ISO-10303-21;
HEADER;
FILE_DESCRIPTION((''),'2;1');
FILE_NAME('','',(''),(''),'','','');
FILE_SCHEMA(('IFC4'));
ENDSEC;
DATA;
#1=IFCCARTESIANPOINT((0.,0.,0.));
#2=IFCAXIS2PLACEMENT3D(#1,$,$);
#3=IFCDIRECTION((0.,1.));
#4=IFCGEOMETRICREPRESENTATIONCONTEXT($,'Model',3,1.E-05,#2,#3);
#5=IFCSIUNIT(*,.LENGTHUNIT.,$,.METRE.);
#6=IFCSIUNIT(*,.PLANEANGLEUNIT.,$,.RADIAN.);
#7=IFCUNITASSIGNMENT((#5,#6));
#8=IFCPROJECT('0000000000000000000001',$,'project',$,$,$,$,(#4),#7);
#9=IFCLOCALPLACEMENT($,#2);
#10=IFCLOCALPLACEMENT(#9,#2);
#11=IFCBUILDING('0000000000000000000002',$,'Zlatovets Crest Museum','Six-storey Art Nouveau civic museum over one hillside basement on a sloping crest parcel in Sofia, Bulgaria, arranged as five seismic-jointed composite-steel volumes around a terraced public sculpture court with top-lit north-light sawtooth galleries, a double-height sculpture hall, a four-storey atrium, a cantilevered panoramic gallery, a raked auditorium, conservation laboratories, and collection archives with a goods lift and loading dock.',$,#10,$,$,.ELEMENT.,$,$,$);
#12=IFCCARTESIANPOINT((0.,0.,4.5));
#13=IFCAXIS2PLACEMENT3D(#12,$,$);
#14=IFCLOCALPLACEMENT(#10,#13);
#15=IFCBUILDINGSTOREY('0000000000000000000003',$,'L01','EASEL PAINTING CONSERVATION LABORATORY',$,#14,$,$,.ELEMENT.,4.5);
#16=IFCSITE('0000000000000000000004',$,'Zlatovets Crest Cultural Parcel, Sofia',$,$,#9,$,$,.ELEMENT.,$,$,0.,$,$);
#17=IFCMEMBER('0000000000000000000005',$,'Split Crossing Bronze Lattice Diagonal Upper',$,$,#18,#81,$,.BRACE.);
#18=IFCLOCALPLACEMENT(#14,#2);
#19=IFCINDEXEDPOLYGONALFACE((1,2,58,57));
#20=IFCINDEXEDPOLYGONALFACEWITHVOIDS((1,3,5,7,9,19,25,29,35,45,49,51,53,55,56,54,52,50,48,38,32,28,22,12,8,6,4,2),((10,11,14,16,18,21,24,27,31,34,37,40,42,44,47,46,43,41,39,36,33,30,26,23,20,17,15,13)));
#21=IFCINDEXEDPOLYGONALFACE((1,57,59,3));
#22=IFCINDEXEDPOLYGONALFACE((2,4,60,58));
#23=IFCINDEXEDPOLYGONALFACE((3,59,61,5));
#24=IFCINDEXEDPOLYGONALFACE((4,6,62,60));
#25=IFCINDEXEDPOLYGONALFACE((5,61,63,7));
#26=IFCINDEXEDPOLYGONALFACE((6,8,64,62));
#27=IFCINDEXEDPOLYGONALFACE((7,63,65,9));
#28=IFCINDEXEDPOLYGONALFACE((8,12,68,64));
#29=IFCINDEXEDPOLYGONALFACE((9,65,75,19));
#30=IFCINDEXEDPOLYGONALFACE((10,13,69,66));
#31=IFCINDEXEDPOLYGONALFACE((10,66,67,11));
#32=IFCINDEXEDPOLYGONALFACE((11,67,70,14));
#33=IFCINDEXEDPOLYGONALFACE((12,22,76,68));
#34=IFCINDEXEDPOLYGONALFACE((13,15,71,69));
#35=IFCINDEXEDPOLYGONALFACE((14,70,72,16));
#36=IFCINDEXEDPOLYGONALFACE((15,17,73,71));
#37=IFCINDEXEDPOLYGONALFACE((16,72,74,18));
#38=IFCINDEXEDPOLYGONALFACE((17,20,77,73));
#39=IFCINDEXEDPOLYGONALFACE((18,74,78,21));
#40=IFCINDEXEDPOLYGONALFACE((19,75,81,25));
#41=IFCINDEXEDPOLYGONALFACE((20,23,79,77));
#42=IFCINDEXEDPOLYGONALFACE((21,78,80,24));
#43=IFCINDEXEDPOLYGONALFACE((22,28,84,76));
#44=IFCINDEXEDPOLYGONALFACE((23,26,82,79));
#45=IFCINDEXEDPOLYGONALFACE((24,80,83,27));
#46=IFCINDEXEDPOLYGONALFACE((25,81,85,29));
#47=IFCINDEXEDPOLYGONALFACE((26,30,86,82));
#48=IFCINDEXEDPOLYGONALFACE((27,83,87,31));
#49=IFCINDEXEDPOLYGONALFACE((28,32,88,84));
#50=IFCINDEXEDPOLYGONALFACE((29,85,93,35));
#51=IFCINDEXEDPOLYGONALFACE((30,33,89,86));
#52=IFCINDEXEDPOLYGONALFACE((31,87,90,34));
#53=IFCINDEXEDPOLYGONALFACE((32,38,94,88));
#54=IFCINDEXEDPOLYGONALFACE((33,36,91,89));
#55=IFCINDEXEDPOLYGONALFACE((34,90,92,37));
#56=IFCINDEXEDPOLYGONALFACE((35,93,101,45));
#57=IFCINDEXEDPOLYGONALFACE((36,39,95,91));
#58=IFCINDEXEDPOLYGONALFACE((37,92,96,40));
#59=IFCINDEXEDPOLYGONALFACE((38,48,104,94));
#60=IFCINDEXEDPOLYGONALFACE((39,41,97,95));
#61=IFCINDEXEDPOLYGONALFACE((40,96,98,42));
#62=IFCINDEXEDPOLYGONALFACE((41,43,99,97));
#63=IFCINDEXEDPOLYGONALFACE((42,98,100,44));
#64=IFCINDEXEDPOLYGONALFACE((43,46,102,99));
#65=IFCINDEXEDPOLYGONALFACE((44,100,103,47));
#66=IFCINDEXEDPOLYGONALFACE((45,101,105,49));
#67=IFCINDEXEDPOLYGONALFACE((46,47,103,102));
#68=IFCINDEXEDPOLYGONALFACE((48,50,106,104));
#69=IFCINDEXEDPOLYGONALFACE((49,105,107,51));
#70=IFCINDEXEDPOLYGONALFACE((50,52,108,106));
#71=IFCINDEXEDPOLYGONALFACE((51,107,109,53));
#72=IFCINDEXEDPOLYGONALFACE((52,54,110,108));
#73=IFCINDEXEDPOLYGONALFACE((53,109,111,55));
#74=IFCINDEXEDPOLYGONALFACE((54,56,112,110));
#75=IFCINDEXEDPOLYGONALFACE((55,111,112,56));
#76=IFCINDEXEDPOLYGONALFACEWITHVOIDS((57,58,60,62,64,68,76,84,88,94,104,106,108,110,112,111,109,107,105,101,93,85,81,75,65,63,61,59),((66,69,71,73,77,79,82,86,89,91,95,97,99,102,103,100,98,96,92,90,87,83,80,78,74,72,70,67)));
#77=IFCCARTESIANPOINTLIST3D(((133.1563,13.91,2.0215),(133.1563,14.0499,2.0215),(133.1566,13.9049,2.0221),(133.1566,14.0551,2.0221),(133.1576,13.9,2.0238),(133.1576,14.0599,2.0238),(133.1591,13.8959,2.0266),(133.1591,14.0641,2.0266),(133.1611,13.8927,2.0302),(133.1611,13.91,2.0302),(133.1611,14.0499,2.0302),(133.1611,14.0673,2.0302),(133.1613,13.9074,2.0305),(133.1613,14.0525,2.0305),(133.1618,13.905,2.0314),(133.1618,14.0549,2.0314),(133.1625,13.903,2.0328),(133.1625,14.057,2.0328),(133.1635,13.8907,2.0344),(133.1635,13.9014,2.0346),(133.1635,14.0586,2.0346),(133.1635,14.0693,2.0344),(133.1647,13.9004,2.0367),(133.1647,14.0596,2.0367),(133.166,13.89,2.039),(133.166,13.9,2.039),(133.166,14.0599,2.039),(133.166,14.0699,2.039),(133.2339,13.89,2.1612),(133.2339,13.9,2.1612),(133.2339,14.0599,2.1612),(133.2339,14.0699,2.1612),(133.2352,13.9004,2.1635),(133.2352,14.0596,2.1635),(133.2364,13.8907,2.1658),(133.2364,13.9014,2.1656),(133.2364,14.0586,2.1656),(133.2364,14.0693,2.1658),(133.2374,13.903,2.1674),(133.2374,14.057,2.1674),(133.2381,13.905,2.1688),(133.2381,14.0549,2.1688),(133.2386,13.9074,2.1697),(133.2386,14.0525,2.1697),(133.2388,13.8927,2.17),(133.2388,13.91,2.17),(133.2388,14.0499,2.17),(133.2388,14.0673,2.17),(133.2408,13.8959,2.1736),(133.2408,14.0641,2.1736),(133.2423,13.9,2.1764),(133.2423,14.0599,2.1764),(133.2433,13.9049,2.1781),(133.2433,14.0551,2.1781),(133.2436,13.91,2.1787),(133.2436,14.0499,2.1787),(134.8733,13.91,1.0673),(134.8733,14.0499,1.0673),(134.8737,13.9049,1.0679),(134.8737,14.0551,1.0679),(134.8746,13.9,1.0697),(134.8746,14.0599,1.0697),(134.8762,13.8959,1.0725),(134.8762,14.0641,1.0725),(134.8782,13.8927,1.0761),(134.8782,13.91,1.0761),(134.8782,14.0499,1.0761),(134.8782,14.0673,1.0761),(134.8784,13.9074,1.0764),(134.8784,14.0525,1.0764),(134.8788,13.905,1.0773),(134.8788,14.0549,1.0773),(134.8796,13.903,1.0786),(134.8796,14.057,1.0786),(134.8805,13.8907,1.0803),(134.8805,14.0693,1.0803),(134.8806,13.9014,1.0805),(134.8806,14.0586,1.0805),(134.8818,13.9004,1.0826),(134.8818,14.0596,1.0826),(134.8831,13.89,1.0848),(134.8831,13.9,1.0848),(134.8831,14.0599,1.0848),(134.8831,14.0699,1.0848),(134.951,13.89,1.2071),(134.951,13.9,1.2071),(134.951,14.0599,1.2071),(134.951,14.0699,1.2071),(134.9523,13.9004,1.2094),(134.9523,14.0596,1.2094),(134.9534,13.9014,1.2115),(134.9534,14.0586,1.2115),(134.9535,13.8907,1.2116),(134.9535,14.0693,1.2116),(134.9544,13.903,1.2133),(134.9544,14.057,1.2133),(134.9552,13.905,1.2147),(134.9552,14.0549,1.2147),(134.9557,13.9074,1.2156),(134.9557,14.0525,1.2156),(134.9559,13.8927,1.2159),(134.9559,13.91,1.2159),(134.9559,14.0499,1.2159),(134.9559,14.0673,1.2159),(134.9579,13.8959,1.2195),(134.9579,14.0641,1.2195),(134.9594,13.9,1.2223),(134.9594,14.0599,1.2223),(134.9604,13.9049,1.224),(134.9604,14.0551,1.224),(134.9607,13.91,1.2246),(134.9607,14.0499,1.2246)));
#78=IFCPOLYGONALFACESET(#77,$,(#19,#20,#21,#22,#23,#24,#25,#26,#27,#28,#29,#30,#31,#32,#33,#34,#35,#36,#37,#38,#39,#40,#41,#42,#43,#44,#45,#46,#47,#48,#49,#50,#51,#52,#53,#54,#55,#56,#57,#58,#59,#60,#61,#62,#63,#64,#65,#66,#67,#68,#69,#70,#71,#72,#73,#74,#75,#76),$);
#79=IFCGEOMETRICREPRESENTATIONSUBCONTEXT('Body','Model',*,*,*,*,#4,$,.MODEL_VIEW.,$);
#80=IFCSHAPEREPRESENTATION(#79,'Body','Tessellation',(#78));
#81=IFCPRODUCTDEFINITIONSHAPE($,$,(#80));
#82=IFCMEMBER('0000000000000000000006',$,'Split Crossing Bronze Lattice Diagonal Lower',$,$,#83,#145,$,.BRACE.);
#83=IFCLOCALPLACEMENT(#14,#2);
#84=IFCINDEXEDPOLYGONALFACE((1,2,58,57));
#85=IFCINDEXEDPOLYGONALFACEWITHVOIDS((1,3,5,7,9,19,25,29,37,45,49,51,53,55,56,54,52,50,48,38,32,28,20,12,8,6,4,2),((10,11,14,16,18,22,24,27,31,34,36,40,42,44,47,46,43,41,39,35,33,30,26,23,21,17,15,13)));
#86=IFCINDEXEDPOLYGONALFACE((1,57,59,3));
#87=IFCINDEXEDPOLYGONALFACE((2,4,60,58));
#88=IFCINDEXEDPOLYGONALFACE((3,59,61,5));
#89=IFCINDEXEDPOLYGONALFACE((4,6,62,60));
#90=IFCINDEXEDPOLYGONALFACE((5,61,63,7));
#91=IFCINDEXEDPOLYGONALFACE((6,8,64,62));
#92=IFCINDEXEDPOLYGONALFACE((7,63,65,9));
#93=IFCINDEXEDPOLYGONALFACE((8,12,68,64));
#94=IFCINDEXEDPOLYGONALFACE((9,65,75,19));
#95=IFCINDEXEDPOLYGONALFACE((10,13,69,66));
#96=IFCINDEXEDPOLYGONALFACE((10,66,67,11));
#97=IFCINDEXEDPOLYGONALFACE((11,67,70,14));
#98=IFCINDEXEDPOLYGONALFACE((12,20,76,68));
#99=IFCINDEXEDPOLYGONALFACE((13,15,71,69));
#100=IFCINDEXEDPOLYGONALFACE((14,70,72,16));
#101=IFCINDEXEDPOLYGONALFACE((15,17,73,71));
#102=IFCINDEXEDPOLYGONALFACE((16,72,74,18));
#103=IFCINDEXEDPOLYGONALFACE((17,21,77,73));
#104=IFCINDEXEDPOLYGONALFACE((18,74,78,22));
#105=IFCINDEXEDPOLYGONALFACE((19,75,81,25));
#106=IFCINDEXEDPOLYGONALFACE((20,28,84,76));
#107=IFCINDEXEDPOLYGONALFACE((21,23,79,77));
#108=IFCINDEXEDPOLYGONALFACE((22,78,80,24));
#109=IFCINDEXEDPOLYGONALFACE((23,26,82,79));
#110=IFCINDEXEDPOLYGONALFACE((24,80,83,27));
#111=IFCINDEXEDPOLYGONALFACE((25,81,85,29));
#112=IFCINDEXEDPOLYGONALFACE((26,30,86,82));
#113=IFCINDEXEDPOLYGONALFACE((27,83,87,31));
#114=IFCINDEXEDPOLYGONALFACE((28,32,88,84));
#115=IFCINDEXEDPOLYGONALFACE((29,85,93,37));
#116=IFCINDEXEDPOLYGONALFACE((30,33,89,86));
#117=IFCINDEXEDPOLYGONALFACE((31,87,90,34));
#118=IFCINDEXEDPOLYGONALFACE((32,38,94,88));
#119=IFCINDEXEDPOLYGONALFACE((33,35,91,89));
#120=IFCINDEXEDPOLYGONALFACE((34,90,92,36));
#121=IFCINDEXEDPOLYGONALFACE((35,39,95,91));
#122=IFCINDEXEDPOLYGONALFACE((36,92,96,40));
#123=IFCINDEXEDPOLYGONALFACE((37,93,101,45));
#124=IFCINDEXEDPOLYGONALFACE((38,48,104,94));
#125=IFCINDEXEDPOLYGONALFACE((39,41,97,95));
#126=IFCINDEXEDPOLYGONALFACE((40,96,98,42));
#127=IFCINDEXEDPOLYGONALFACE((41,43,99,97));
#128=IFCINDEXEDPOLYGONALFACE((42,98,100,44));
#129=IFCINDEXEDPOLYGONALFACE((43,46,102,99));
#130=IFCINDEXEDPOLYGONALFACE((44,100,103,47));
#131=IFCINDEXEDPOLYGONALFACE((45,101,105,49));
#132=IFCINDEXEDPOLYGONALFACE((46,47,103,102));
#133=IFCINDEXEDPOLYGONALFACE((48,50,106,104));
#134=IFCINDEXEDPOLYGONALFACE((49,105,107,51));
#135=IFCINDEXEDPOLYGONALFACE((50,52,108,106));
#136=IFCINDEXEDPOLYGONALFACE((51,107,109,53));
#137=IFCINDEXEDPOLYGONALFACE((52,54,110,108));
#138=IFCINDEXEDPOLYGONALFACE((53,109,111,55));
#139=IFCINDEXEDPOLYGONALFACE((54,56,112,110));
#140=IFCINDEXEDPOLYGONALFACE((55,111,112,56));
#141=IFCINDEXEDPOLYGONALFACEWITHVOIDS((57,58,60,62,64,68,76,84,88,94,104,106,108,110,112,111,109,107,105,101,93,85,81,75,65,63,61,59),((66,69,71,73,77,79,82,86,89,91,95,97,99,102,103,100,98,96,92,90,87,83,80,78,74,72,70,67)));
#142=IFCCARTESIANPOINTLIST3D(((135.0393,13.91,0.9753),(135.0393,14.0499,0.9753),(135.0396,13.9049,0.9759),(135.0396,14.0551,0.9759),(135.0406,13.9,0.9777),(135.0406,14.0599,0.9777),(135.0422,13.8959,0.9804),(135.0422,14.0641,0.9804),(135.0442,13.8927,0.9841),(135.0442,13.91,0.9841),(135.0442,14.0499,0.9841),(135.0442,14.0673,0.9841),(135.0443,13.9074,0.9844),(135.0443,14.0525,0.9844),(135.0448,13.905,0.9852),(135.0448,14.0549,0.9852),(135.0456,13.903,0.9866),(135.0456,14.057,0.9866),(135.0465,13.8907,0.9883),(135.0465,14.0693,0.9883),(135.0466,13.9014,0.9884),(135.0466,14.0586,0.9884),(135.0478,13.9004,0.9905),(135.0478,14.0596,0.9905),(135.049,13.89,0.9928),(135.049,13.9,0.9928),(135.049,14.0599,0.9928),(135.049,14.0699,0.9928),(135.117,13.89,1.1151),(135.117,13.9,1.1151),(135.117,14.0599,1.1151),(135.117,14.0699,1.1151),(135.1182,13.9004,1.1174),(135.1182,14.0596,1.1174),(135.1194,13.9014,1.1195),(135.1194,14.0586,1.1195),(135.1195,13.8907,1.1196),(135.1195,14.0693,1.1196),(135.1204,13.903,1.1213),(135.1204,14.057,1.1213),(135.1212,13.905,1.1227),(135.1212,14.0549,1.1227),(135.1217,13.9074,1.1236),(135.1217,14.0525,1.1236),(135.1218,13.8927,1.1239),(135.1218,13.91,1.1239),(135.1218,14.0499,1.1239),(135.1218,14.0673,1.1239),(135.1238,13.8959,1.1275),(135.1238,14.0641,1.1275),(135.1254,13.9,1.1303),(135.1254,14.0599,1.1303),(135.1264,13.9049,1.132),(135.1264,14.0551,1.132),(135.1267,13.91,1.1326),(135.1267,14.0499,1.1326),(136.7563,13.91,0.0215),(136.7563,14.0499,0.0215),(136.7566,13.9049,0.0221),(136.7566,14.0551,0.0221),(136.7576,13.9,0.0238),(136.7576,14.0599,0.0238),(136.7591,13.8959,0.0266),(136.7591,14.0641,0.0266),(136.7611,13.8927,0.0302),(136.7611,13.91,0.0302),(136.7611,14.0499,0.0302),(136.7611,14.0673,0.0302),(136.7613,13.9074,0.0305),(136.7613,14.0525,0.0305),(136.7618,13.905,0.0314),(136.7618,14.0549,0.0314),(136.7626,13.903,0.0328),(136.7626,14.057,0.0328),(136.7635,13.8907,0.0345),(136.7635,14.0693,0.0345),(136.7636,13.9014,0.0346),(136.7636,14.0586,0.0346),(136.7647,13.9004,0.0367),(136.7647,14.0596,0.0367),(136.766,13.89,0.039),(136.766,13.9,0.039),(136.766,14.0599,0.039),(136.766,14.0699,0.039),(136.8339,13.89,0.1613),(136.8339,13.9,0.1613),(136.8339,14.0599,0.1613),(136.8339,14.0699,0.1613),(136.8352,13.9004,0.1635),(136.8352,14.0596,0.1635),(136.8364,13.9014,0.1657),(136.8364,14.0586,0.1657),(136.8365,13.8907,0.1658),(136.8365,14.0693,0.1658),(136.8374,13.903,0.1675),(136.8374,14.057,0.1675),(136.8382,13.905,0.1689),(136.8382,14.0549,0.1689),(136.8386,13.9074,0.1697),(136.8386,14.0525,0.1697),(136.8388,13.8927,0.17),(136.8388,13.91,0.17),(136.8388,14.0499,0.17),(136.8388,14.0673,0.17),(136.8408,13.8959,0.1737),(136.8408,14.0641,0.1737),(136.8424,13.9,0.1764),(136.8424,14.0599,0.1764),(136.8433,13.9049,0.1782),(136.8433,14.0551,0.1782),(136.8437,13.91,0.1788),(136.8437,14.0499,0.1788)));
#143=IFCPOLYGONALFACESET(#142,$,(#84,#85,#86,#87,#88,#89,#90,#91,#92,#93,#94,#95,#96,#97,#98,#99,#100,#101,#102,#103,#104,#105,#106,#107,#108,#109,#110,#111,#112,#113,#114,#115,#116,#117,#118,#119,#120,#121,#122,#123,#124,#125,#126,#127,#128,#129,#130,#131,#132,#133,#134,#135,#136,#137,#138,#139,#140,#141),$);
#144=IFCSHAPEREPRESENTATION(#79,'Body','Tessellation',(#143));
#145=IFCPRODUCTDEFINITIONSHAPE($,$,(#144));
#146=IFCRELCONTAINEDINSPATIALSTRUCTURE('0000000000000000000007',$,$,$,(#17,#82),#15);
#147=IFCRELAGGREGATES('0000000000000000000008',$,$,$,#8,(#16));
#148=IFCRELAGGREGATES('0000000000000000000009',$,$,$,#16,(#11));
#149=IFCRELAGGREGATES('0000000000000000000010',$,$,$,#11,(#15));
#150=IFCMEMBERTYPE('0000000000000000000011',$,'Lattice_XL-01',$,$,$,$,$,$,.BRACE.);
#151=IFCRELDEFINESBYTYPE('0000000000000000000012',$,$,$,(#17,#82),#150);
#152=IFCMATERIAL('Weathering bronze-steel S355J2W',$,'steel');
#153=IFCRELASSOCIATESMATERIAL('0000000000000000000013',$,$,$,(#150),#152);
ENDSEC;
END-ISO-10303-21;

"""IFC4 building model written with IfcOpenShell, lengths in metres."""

from ifc_helpers import new_model, si_unit, direction, frame, origin, origin_2d, place, context, subcontext, project, spatial, hollow_rectangle, extrude, material, material_profile, profile_set, type_object, element, save


model = new_model("IFC4")

# Units and contexts
model_context = context("Model", 3, precision=1e-05, world=origin(), true_north=direction((0.0, 1.0)))
body_context = subcontext(model_context, "Body", "Model", "MODEL_VIEW")
ifc_project = project(units=[si_unit("LENGTHUNIT", "METRE"), si_unit("PLANEANGLEUNIT", "RADIAN")], contexts=[model_context])

# Site, building, storey
site_placement = place(None, origin())
site = spatial("IfcSite", under=ifc_project, at=site_placement, Name="Zlatovets Crest Cultural Parcel, Sofia", CompositionType="ELEMENT", RefElevation=0.0)
building_placement = place(site_placement, origin())
building = spatial("IfcBuilding", under=site, at=building_placement, Name="Zlatovets Crest Museum", Description="Six-storey Art Nouveau civic museum over one hillside basement on a sloping crest parcel in Sofia, Bulgaria, arranged as five seismic-jointed composite-steel volumes around a terraced public sculpture court with top-lit north-light sawtooth galleries, a double-height sculpture hall, a four-storey atrium, a cantilevered panoramic gallery, a raked auditorium, conservation laboratories, and collection archives with a goods lift and loading dock.", CompositionType="ELEMENT")
storey_placement = place(building_placement, frame((0.0, 0.0, 4.5)))
storey = spatial("IfcBuildingStorey", under=building, at=storey_placement, Name="L01", Description="EASEL PAINTING CONSERVATION LABORATORY", CompositionType="ELEMENT", Elevation=4.5)

# Members
ifc_material_1 = material(Name="Weathering bronze-steel S355J2W", Category="steel")
ifc_material_profile_1 = material_profile(ifc_material_1, hollow_rectangle(XDim=0.1799, YDim=0.1799, WallThickness=0.01, InnerFilletRadius=0.01, OuterFilletRadius=0.02, at=origin_2d()), Name="SHS 180x180x10.0")
ifc_profile_set_1 = profile_set([ifc_material_profile_1], Name="Weathering bronze-steel S355J2W")
member_type_1 = type_object("IfcMemberType", Name="Lattice_XL-01", PredefinedType="BRACE", material=ifc_profile_set_1)
member_1_placement = place(storey_placement, frame((133.2, 13.98, 2.1001), z_axis=(0.874116, 0.0, -0.485717), x_axis=(0.0, 1.0, 0.0)))
element("IfcMember", 1, at=member_1_placement, inside=storey, type_object=member_type_1, Name="Split Crossing Bronze Lattice Diagonal Upper", PredefinedType="BRACE", context=body_context, shape_type="SweptSolid", body=[
    extrude(hollow_rectangle(XDim=0.1799, YDim=0.1799, WallThickness=0.01, InnerFilletRadius=0.01, OuterFilletRadius=0.02, at=origin_2d()), origin(), (0.0, 0.0, 1.0), 1.9644),
])
member_2_placement = place(storey_placement, frame((135.083, 13.98, 1.054), z_axis=(0.874169, 0.0, -0.485622), x_axis=(0.0, 1.0, 0.0)))
element("IfcMember", 2, at=member_2_placement, inside=storey, type_object=member_type_1, Name="Split Crossing Bronze Lattice Diagonal Lower", PredefinedType="BRACE", context=body_context, shape_type="SweptSolid", body=[
    extrude(hollow_rectangle(XDim=0.1799, YDim=0.1799, WallThickness=0.01, InnerFilletRadius=0.01, OuterFilletRadius=0.02, at=origin_2d()), origin(), (0.0, 0.0, 1.0), 1.9641),
])

save(model, "model.ifc")
